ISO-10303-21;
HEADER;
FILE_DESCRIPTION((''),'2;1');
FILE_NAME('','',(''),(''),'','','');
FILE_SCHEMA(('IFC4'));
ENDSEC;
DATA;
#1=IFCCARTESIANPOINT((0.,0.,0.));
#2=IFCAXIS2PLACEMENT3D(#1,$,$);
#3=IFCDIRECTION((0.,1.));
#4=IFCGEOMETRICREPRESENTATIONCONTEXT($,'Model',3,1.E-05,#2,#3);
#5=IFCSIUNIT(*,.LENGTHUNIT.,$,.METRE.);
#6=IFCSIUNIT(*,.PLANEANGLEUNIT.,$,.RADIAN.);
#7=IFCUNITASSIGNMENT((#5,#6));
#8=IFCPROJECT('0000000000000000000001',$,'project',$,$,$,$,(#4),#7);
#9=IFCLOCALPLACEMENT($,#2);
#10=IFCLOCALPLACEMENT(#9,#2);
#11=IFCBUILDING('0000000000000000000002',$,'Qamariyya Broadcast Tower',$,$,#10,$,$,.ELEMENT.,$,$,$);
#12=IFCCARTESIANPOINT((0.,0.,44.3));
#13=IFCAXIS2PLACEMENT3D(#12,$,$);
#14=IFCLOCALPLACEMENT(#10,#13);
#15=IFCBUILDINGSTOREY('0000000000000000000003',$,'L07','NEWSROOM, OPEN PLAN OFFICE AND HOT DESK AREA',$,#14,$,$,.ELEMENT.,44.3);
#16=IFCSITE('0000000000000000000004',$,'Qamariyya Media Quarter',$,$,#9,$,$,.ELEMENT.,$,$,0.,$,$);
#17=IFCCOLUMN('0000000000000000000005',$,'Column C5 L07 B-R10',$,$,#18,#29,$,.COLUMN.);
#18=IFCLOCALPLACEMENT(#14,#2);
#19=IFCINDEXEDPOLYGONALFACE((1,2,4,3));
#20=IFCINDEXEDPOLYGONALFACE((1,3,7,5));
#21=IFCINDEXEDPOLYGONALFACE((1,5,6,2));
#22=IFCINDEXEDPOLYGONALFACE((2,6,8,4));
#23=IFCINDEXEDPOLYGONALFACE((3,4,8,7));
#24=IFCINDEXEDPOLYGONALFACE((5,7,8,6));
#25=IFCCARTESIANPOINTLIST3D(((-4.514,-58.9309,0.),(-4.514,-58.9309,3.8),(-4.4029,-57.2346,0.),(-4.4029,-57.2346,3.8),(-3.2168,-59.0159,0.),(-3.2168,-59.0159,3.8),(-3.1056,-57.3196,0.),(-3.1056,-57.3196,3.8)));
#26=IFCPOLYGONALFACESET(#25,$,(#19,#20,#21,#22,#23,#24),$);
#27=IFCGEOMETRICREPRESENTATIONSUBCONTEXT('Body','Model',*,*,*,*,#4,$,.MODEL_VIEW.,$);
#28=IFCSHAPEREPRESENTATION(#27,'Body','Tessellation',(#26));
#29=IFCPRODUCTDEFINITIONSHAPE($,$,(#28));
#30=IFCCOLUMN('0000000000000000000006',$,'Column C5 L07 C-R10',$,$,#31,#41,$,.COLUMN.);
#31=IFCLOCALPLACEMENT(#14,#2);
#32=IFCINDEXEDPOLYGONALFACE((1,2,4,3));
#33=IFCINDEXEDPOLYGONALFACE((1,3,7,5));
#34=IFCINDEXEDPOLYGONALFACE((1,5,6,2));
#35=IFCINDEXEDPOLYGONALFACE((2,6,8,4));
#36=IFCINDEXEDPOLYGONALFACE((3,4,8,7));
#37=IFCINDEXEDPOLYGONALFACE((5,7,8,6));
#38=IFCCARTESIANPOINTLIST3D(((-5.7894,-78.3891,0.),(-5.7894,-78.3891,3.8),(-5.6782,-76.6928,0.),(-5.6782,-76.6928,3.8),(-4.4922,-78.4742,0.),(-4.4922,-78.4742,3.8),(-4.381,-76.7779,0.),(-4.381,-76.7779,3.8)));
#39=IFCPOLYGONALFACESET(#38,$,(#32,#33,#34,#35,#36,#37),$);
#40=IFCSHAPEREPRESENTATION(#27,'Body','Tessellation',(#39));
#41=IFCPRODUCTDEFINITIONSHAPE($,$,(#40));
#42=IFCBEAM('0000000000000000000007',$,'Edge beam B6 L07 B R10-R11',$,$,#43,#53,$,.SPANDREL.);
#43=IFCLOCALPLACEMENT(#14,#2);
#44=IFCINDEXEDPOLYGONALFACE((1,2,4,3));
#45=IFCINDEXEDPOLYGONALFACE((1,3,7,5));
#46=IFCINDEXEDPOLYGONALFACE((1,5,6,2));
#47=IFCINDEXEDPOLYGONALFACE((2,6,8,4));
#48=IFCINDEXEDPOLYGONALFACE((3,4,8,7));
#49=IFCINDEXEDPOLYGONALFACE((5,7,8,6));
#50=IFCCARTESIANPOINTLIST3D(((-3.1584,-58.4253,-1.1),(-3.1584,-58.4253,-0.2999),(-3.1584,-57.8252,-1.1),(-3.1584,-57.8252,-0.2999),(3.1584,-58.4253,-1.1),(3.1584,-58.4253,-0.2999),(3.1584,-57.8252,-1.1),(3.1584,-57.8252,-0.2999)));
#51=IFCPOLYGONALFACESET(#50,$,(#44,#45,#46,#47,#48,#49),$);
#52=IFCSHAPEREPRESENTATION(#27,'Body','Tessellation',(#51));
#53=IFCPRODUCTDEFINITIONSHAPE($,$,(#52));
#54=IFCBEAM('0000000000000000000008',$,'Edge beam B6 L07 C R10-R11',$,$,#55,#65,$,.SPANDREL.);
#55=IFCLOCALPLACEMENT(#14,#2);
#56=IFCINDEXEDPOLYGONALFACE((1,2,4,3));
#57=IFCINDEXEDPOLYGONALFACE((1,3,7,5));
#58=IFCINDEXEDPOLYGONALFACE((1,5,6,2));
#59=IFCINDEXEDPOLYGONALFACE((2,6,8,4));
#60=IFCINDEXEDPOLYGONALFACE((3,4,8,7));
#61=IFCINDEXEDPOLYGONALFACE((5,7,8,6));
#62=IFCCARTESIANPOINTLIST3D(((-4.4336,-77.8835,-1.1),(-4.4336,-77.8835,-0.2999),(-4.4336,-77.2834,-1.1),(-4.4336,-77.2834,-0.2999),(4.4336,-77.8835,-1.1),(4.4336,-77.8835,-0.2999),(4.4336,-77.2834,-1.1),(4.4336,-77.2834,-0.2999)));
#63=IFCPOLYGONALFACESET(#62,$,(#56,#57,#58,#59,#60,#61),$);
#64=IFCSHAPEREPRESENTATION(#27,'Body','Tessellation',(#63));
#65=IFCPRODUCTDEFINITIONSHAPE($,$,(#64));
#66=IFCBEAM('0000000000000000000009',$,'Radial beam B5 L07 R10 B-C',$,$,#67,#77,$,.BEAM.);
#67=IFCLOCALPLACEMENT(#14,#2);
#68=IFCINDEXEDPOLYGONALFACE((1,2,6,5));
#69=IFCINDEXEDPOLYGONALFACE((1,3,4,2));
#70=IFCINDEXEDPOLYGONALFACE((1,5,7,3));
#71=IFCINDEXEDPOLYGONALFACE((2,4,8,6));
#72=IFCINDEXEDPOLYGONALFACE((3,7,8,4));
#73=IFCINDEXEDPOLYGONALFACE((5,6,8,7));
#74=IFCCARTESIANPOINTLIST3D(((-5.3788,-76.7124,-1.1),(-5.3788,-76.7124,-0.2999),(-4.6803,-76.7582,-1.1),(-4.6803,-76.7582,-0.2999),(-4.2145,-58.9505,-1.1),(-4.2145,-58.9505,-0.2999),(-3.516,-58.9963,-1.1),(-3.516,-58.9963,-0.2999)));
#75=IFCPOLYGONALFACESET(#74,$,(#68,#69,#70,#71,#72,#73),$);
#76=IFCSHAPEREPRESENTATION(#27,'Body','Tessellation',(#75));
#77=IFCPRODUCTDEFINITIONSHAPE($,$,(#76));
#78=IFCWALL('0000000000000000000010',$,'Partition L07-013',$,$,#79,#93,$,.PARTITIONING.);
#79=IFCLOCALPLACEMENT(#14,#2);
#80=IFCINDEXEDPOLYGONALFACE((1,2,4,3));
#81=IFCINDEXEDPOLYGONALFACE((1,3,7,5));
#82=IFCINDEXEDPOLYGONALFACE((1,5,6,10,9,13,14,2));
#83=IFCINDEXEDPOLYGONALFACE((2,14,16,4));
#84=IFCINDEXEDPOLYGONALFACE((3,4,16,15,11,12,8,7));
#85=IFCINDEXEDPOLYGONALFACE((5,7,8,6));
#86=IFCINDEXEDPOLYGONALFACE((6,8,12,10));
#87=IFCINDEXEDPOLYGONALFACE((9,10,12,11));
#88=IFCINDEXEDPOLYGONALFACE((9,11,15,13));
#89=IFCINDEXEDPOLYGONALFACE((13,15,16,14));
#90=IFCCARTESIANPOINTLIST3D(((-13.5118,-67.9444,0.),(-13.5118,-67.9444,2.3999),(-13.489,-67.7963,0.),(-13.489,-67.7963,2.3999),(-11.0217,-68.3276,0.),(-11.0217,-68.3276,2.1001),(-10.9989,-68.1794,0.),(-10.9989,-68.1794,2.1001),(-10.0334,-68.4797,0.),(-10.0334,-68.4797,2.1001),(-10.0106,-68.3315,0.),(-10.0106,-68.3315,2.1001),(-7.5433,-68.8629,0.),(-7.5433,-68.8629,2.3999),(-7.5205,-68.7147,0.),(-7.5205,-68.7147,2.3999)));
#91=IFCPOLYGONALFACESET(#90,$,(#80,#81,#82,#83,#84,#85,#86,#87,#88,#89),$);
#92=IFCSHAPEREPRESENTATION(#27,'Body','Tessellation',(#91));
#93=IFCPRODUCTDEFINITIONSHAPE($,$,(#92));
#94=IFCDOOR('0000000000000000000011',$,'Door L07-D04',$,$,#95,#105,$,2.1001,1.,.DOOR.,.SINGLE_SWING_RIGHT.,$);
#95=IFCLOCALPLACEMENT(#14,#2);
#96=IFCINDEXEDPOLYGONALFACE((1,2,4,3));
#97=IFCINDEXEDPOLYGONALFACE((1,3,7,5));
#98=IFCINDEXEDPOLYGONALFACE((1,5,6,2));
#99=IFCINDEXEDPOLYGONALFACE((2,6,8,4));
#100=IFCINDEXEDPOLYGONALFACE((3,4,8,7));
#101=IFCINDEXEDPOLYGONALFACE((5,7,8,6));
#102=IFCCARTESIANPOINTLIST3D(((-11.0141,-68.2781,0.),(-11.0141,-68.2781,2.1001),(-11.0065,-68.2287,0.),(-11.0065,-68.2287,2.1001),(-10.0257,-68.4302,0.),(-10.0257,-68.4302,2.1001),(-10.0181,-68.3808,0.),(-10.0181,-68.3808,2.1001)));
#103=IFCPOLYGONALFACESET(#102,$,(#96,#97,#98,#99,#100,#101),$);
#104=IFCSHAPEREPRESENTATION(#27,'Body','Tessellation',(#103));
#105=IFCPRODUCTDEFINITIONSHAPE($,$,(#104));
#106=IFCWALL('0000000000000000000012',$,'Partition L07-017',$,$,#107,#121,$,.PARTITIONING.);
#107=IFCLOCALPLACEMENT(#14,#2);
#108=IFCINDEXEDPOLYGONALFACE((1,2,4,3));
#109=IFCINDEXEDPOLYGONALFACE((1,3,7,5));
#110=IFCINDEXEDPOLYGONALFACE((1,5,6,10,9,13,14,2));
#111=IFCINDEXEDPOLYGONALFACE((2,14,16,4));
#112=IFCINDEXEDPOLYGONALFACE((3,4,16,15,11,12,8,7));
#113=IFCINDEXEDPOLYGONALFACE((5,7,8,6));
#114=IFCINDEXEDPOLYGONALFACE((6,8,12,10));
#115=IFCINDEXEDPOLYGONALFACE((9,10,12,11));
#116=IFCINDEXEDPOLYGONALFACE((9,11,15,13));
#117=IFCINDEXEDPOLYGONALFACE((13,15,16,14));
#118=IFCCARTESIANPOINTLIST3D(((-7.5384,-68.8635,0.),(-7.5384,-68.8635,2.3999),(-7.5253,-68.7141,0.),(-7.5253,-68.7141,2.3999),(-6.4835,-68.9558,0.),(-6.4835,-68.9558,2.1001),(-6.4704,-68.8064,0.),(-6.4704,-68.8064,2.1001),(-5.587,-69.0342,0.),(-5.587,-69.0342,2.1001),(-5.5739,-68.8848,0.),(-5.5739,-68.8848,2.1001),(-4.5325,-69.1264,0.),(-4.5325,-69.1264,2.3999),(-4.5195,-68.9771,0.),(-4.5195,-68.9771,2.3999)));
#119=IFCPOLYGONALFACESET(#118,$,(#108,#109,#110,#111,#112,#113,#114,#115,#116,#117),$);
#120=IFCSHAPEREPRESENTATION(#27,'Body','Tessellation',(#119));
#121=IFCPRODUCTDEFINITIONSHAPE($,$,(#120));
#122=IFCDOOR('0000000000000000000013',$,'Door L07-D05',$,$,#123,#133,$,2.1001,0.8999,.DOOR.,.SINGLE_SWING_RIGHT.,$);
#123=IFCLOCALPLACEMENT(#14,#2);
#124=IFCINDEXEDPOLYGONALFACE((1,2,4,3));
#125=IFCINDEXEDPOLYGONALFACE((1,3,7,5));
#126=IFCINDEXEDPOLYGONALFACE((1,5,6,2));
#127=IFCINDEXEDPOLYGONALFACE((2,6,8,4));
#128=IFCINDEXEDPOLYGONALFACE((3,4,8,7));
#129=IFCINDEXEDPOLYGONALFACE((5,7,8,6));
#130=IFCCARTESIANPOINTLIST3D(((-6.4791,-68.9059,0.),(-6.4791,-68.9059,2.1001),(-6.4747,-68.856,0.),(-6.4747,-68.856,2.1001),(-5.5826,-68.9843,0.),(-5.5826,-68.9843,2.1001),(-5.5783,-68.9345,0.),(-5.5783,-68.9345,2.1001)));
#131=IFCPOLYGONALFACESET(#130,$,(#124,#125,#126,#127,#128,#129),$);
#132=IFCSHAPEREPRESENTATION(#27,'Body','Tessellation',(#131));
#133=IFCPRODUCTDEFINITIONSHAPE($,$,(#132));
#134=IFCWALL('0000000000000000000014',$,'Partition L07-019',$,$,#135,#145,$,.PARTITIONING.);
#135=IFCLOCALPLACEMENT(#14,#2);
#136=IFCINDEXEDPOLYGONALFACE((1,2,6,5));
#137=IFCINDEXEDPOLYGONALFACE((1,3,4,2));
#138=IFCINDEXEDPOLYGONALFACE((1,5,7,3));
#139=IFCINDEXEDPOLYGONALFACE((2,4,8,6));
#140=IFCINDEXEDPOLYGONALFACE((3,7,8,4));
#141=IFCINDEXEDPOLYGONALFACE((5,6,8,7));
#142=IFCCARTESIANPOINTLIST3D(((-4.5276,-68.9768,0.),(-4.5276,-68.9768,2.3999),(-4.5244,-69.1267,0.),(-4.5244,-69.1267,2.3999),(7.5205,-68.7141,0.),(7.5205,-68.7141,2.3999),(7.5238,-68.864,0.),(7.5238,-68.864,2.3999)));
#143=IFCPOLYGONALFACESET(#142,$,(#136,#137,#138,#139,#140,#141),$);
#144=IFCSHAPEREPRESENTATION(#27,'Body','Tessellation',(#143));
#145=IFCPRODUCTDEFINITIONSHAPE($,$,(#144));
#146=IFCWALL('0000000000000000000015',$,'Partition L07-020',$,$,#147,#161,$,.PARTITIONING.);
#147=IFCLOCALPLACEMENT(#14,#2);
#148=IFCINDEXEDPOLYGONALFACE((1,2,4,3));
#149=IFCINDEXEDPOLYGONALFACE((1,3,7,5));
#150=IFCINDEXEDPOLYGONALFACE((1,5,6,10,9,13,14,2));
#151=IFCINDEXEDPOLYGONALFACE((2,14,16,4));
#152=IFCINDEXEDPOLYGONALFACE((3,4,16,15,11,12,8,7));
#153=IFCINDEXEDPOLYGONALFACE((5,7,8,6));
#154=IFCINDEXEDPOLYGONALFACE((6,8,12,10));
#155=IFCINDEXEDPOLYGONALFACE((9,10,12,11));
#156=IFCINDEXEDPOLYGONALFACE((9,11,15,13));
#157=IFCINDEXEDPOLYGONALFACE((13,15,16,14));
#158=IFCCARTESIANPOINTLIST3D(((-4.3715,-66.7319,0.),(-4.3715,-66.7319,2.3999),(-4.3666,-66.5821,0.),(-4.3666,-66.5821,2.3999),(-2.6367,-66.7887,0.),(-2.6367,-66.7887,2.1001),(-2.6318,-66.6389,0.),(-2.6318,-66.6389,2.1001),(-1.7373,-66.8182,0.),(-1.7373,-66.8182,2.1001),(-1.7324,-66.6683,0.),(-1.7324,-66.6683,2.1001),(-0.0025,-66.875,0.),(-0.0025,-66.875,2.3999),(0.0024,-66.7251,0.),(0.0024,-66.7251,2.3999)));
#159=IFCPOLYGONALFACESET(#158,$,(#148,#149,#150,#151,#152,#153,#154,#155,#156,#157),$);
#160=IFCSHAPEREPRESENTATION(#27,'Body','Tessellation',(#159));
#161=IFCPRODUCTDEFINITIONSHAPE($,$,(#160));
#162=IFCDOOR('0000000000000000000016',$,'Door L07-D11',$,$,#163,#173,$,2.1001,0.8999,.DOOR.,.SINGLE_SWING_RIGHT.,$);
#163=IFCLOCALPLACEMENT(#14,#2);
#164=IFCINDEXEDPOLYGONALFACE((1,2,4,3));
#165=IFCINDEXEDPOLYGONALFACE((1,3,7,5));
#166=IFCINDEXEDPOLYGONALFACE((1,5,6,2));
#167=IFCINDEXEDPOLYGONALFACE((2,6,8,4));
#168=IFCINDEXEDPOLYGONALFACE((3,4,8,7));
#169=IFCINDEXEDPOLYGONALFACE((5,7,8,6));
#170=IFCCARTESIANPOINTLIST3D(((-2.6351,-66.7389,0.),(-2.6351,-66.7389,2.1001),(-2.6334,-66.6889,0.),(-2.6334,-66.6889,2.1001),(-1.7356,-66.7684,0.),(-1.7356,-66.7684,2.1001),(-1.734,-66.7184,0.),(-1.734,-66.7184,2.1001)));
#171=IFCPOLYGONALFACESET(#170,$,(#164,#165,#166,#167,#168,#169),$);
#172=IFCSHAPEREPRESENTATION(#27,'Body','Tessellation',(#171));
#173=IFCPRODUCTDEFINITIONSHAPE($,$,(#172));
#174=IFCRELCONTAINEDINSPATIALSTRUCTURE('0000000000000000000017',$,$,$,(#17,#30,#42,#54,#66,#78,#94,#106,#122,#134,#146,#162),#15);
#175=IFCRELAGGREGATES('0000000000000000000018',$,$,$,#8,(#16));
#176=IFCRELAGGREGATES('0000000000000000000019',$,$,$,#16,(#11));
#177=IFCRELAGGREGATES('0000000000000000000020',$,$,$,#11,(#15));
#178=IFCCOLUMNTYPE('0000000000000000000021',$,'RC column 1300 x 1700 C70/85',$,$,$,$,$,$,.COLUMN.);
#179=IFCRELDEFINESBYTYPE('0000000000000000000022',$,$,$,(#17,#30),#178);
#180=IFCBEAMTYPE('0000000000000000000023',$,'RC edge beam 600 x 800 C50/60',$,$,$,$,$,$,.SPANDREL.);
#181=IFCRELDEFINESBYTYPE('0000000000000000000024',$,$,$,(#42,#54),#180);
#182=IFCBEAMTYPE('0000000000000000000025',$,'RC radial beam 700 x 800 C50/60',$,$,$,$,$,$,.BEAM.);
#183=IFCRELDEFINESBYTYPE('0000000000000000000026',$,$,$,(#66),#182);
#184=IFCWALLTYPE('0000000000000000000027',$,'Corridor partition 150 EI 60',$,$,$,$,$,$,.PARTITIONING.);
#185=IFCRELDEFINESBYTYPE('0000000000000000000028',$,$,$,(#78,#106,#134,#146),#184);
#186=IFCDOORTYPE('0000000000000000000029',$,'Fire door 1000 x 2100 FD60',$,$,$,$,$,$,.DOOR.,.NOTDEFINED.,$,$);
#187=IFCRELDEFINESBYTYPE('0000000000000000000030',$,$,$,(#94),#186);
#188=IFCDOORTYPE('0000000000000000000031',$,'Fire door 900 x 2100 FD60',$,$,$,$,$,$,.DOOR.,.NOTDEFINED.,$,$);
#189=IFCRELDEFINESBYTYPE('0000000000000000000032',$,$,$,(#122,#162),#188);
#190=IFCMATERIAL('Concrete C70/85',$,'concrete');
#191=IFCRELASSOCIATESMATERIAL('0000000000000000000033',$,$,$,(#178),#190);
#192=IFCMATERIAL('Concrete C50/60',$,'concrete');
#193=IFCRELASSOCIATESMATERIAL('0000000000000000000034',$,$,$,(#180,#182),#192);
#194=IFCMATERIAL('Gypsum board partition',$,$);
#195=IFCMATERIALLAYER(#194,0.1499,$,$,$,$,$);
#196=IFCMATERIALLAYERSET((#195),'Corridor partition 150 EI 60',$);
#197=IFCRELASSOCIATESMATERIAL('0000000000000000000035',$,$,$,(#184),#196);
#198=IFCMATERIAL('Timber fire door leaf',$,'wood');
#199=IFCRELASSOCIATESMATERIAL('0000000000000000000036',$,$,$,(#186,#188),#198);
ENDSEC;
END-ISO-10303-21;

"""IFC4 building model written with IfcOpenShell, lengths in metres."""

from ifc_helpers import new_model, si_unit, direction, frame, frame_2d, origin, origin_2d, place, context, subcontext, project, spatial, rectangle, extrude, material, layer, layer_set, material_profile, profile_set, type_object, element, fill, save


model = new_model("IFC4")

# Units and contexts
model_context = context("Model", 3, precision=1e-05, world=origin(), true_north=direction((0.0, 1.0)))
body_context = subcontext(model_context, "Body", "Model", "MODEL_VIEW")
ifc_project = project(units=[si_unit("LENGTHUNIT", "METRE"), si_unit("PLANEANGLEUNIT", "RADIAN")], contexts=[model_context])

# Site, building, storey
site_placement = place(None, origin())
site = spatial("IfcSite", under=ifc_project, at=site_placement, Name="Qamariyya Media Quarter", CompositionType="ELEMENT", RefElevation=0.0)
building_placement = place(site_placement, origin())
building = spatial("IfcBuilding", under=site, at=building_placement, Name="Qamariyya Broadcast Tower", CompositionType="ELEMENT")
storey_placement = place(building_placement, frame((0.0, 0.0, 44.3)))
storey = spatial("IfcBuildingStorey", under=building, at=storey_placement, Name="L07", Description="NEWSROOM, OPEN PLAN OFFICE AND HOT DESK AREA", CompositionType="ELEMENT", Elevation=44.3)

# Columns
ifc_material_1 = material(Name="Concrete C70/85", Category="concrete")
ifc_material_profile_1 = material_profile(ifc_material_1, rectangle(XDim=1.3, YDim=1.7, at=origin_2d()))
ifc_profile_set_1 = profile_set([ifc_material_profile_1], Name="Concrete C70/85")
column_type = type_object("IfcColumnType", Name="RC column 1300 x 1700 C70/85", PredefinedType="COLUMN", material=ifc_profile_set_1)
for number, where, z_axis, x_axis, name in (
    (1, (-3.8098, -58.1252, 0.0), (0.0, 0.0, 1.0), (0.997859, -0.065403, 0.0), "Column C5 L07 B-R10"),
    (2, (-5.0852, -77.5835, 0.0), (0.0, 0.0, 1.0), (0.997859, -0.065403, 0.0), "Column C5 L07 C-R10"),
):
    element("IfcColumn", number, at=place(storey_placement, frame(where, z_axis=z_axis, x_axis=x_axis)), inside=storey, type_object=column_type, Name=name, PredefinedType="COLUMN", context=body_context, shape_type="SweptSolid", body=[
        extrude(rectangle(XDim=1.3, YDim=1.7, at=origin_2d()), origin(), (0.0, 0.0, 1.0), 3.8),
    ])

# Beams
ifc_material_2 = material(Name="Concrete C50/60", Category="concrete")
ifc_material_profile_2 = material_profile(ifc_material_2, rectangle(XDim=0.6001, YDim=0.8, at=origin_2d()))
ifc_profile_set_2 = profile_set([ifc_material_profile_2], Name="Concrete C50/60")
beam_type_1 = type_object("IfcBeamType", Name="RC edge beam 600 x 800 C50/60", PredefinedType="SPANDREL", material=ifc_profile_set_2)
beam_1_placement = place(storey_placement, frame((-3.1584, -58.1252, -0.7), z_axis=(1.0, 0.0, 0.0), x_axis=(0.0, 1.0, 0.0)))
element("IfcBeam", 3, at=beam_1_placement, inside=storey, type_object=beam_type_1, Name="Edge beam B6 L07 B R10-R11", PredefinedType="SPANDREL", context=body_context, shape_type="SweptSolid", body=[
    extrude(rectangle(XDim=0.6001, YDim=0.8, at=origin_2d()), origin(), (0.0, 0.0, 1.0), 6.3169),
])
beam_2_placement = place(storey_placement, frame((-4.4336, -77.5835, -0.7), z_axis=(1.0, 0.0, 0.0), x_axis=(0.0, 1.0, 0.0)))
element("IfcBeam", 4, at=beam_2_placement, inside=storey, type_object=beam_type_1, Name="Edge beam B6 L07 C R10-R11", PredefinedType="SPANDREL", context=body_context, shape_type="SweptSolid", body=[
    extrude(rectangle(XDim=0.6001, YDim=0.8, at=origin_2d()), origin(), (0.0, 0.0, 1.0), 8.8672),
])
ifc_material_profile_3 = material_profile(ifc_material_2, rectangle(XDim=0.7, YDim=0.8, at=origin_2d()))
ifc_profile_set_3 = profile_set([ifc_material_profile_3], Name="Concrete C50/60")
beam_type_2 = type_object("IfcBeamType", Name="RC radial beam 700 x 800 C50/60", PredefinedType="BEAM", material=ifc_profile_set_3)
beam_3_placement = place(storey_placement, frame((-3.8652, -58.9734, -0.7), z_axis=(-0.06541, -0.997858, 0.0), x_axis=(0.997858, -0.06541, 0.0)))
element("IfcBeam", 5, at=beam_3_placement, inside=storey, type_object=beam_type_2, Name="Radial beam B5 L07 R10 B-C", PredefinedType="BEAM", context=body_context, shape_type="SweptSolid", body=[
    extrude(rectangle(XDim=0.7, YDim=0.8, at=origin_2d()), origin(), (0.0, 0.0, 1.0), 17.8),
])

# Walls, openings, doors
ifc_material_3 = material(Name="Gypsum board partition")
ifc_layer_1 = layer(ifc_material_3, 0.1499)
ifc_layer_set_1 = layer_set([ifc_layer_1], Name="Corridor partition 150 EI 60")
wall_type_1 = type_object("IfcWallType", Name="Corridor partition 150 EI 60", PredefinedType="PARTITIONING", material=ifc_layer_set_1)
wall_1_placement = place(storey_placement, frame((-7.5317, -68.7888, 0.0), z_axis=(0.0, 0.0, 1.0), x_axis=(-0.988366, 0.152094, 0.0)))
wall_1 = element("IfcWall", 6, at=wall_1_placement, inside=storey, type_object=wall_type_1, Name="Partition L07-013", PredefinedType="PARTITIONING", context=body_context, shape_type="SweptSolid", body=[
    extrude(rectangle(XDim=6.0388, YDim=0.1499, at=frame_2d((3.0195, 0.0))), origin(), (0.0, 0.0, 1.0), 2.3999),
])
opening_1_placement = place(wall_1_placement, frame((2.5195, 0.0, 0.0)))
opening_1 = element("IfcOpeningElement", 7, at=opening_1_placement, cuts=wall_1, PredefinedType="OPENING", context=body_context, shape_type="SweptSolid", body=[
    extrude(rectangle(XDim=1.0, YDim=2.1001, at=frame_2d((0.5, 1.05))), frame((0.0, 0.085, 0.0), z_axis=(0.0, -1.0, 0.0), x_axis=(1.0, 0.0, 0.0)), (0.0, 0.0, 1.0), 0.1699),
])
ifc_material_4 = material(Name="Timber fire door leaf", Category="wood")
door_type_1 = type_object("IfcDoorType", Name="Fire door 1000 x 2100 FD60", OperationType="NOTDEFINED", PredefinedType="DOOR", material=ifc_material_4)
door_1_placement = place(opening_1_placement, origin())
door_1 = element("IfcDoor", 8, at=door_1_placement, inside=storey, type_object=door_type_1, Name="Door L07-D04", OperationType="SINGLE_SWING_RIGHT", OverallHeight=2.1001, OverallWidth=1.0, PredefinedType="DOOR", context=body_context, shape_type="SweptSolid", body=[
    extrude(rectangle(XDim=1.0, YDim=2.1001, at=frame_2d((0.5, 1.05))), frame((0.0, 0.0249, 0.0), z_axis=(0.0, -1.0, 0.0), x_axis=(1.0, 0.0, 0.0)), (0.0, 0.0, 1.0), 0.05),
])
fill(opening_1, door_1)
wall_2_placement = place(storey_placement, frame((-4.5259, -69.0518, 0.0), z_axis=(0.0, 0.0, 1.0), x_axis=(-0.996196, 0.087143, 0.0)))
wall_2 = element("IfcWall", 9, at=wall_2_placement, inside=storey, type_object=wall_type_1, Name="Partition L07-017", PredefinedType="PARTITIONING", context=body_context, shape_type="SweptSolid", body=[
    extrude(rectangle(XDim=3.0173, YDim=0.1499, at=frame_2d((1.5088, 0.0))), origin(), (0.0, 0.0, 1.0), 2.3999),
])
opening_2_placement = place(wall_2_placement, frame((1.0586, 0.0, 0.0)))
opening_2 = element("IfcOpeningElement", 10, at=opening_2_placement, cuts=wall_2, PredefinedType="OPENING", context=body_context, shape_type="SweptSolid", body=[
    extrude(rectangle(XDim=0.8999, YDim=2.1001, at=frame_2d((0.45, 1.05))), frame((0.0, 0.085, 0.0), z_axis=(0.0, -1.0, 0.0), x_axis=(1.0, 0.0, 0.0)), (0.0, 0.0, 1.0), 0.1699),
])
door_type_2 = type_object("IfcDoorType", Name="Fire door 900 x 2100 FD60", OperationType="NOTDEFINED", PredefinedType="DOOR", material=ifc_material_4)
door_2_placement = place(opening_2_placement, origin())
door_2 = element("IfcDoor", 11, at=door_2_placement, inside=storey, type_object=door_type_2, Name="Door L07-D05", OperationType="SINGLE_SWING_RIGHT", OverallHeight=2.1001, OverallWidth=0.8999, PredefinedType="DOOR", context=body_context, shape_type="SweptSolid", body=[
    extrude(rectangle(XDim=0.8999, YDim=2.1001, at=frame_2d((0.45, 1.05))), frame((0.0, 0.0249, 0.0), z_axis=(0.0, -1.0, 0.0), x_axis=(1.0, 0.0, 0.0)), (0.0, 0.0, 1.0), 0.05),
])
fill(opening_2, door_2)

# Wall
wall_3_placement = place(storey_placement, frame((-4.5259, -69.0518, 0.0), z_axis=(0.0, 0.0, 1.0), x_axis=(0.999762, 0.021799, 0.0)))
element("IfcWall", 12, at=wall_3_placement, inside=storey, type_object=wall_type_1, Name="Partition L07-019", PredefinedType="PARTITIONING", context=body_context, shape_type="SweptSolid", body=[
    extrude(rectangle(XDim=12.051, YDim=0.1499, at=frame_2d((6.0254, 0.0))), origin(), (0.0, 0.0, 1.0), 2.3999),
])

# Wall, opening, door
wall_4_placement = place(storey_placement, frame((-4.3689, -66.657, 0.0), z_axis=(0.0, 0.0, 1.0), x_axis=(0.999464, -0.032729, 0.0)))
wall_4 = element("IfcWall", 13, at=wall_4_placement, inside=storey, type_object=wall_type_1, Name="Partition L07-020", PredefinedType="PARTITIONING", context=body_context, shape_type="SweptSolid", body=[
    extrude(rectangle(XDim=4.3713, YDim=0.1499, at=frame_2d((2.1855, 0.0))), origin(), (0.0, 0.0, 1.0), 2.3999),
])
opening_3_placement = place(wall_4_placement, frame((1.7356, 0.0, 0.0)))
opening_3 = element("IfcOpeningElement", 14, at=opening_3_placement, cuts=wall_4, PredefinedType="OPENING", context=body_context, shape_type="SweptSolid", body=[
    extrude(rectangle(XDim=0.8999, YDim=2.1001, at=frame_2d((0.45, 1.05))), frame((0.0, 0.085, 0.0), z_axis=(0.0, -1.0, 0.0), x_axis=(1.0, 0.0, 0.0)), (0.0, 0.0, 1.0), 0.1699),
])
door_3_placement = place(opening_3_placement, origin())
door_3 = element("IfcDoor", 15, at=door_3_placement, inside=storey, type_object=door_type_2, Name="Door L07-D11", OperationType="SINGLE_SWING_RIGHT", OverallHeight=2.1001, OverallWidth=0.8999, PredefinedType="DOOR", context=body_context, shape_type="SweptSolid", body=[
    extrude(rectangle(XDim=0.8999, YDim=2.1001, at=frame_2d((0.45, 1.05))), frame((0.0, 0.0249, 0.0), z_axis=(0.0, -1.0, 0.0), x_axis=(1.0, 0.0, 0.0)), (0.0, 0.0, 1.0), 0.05),
])
fill(opening_3, door_3)

save(model, "model.ifc")
